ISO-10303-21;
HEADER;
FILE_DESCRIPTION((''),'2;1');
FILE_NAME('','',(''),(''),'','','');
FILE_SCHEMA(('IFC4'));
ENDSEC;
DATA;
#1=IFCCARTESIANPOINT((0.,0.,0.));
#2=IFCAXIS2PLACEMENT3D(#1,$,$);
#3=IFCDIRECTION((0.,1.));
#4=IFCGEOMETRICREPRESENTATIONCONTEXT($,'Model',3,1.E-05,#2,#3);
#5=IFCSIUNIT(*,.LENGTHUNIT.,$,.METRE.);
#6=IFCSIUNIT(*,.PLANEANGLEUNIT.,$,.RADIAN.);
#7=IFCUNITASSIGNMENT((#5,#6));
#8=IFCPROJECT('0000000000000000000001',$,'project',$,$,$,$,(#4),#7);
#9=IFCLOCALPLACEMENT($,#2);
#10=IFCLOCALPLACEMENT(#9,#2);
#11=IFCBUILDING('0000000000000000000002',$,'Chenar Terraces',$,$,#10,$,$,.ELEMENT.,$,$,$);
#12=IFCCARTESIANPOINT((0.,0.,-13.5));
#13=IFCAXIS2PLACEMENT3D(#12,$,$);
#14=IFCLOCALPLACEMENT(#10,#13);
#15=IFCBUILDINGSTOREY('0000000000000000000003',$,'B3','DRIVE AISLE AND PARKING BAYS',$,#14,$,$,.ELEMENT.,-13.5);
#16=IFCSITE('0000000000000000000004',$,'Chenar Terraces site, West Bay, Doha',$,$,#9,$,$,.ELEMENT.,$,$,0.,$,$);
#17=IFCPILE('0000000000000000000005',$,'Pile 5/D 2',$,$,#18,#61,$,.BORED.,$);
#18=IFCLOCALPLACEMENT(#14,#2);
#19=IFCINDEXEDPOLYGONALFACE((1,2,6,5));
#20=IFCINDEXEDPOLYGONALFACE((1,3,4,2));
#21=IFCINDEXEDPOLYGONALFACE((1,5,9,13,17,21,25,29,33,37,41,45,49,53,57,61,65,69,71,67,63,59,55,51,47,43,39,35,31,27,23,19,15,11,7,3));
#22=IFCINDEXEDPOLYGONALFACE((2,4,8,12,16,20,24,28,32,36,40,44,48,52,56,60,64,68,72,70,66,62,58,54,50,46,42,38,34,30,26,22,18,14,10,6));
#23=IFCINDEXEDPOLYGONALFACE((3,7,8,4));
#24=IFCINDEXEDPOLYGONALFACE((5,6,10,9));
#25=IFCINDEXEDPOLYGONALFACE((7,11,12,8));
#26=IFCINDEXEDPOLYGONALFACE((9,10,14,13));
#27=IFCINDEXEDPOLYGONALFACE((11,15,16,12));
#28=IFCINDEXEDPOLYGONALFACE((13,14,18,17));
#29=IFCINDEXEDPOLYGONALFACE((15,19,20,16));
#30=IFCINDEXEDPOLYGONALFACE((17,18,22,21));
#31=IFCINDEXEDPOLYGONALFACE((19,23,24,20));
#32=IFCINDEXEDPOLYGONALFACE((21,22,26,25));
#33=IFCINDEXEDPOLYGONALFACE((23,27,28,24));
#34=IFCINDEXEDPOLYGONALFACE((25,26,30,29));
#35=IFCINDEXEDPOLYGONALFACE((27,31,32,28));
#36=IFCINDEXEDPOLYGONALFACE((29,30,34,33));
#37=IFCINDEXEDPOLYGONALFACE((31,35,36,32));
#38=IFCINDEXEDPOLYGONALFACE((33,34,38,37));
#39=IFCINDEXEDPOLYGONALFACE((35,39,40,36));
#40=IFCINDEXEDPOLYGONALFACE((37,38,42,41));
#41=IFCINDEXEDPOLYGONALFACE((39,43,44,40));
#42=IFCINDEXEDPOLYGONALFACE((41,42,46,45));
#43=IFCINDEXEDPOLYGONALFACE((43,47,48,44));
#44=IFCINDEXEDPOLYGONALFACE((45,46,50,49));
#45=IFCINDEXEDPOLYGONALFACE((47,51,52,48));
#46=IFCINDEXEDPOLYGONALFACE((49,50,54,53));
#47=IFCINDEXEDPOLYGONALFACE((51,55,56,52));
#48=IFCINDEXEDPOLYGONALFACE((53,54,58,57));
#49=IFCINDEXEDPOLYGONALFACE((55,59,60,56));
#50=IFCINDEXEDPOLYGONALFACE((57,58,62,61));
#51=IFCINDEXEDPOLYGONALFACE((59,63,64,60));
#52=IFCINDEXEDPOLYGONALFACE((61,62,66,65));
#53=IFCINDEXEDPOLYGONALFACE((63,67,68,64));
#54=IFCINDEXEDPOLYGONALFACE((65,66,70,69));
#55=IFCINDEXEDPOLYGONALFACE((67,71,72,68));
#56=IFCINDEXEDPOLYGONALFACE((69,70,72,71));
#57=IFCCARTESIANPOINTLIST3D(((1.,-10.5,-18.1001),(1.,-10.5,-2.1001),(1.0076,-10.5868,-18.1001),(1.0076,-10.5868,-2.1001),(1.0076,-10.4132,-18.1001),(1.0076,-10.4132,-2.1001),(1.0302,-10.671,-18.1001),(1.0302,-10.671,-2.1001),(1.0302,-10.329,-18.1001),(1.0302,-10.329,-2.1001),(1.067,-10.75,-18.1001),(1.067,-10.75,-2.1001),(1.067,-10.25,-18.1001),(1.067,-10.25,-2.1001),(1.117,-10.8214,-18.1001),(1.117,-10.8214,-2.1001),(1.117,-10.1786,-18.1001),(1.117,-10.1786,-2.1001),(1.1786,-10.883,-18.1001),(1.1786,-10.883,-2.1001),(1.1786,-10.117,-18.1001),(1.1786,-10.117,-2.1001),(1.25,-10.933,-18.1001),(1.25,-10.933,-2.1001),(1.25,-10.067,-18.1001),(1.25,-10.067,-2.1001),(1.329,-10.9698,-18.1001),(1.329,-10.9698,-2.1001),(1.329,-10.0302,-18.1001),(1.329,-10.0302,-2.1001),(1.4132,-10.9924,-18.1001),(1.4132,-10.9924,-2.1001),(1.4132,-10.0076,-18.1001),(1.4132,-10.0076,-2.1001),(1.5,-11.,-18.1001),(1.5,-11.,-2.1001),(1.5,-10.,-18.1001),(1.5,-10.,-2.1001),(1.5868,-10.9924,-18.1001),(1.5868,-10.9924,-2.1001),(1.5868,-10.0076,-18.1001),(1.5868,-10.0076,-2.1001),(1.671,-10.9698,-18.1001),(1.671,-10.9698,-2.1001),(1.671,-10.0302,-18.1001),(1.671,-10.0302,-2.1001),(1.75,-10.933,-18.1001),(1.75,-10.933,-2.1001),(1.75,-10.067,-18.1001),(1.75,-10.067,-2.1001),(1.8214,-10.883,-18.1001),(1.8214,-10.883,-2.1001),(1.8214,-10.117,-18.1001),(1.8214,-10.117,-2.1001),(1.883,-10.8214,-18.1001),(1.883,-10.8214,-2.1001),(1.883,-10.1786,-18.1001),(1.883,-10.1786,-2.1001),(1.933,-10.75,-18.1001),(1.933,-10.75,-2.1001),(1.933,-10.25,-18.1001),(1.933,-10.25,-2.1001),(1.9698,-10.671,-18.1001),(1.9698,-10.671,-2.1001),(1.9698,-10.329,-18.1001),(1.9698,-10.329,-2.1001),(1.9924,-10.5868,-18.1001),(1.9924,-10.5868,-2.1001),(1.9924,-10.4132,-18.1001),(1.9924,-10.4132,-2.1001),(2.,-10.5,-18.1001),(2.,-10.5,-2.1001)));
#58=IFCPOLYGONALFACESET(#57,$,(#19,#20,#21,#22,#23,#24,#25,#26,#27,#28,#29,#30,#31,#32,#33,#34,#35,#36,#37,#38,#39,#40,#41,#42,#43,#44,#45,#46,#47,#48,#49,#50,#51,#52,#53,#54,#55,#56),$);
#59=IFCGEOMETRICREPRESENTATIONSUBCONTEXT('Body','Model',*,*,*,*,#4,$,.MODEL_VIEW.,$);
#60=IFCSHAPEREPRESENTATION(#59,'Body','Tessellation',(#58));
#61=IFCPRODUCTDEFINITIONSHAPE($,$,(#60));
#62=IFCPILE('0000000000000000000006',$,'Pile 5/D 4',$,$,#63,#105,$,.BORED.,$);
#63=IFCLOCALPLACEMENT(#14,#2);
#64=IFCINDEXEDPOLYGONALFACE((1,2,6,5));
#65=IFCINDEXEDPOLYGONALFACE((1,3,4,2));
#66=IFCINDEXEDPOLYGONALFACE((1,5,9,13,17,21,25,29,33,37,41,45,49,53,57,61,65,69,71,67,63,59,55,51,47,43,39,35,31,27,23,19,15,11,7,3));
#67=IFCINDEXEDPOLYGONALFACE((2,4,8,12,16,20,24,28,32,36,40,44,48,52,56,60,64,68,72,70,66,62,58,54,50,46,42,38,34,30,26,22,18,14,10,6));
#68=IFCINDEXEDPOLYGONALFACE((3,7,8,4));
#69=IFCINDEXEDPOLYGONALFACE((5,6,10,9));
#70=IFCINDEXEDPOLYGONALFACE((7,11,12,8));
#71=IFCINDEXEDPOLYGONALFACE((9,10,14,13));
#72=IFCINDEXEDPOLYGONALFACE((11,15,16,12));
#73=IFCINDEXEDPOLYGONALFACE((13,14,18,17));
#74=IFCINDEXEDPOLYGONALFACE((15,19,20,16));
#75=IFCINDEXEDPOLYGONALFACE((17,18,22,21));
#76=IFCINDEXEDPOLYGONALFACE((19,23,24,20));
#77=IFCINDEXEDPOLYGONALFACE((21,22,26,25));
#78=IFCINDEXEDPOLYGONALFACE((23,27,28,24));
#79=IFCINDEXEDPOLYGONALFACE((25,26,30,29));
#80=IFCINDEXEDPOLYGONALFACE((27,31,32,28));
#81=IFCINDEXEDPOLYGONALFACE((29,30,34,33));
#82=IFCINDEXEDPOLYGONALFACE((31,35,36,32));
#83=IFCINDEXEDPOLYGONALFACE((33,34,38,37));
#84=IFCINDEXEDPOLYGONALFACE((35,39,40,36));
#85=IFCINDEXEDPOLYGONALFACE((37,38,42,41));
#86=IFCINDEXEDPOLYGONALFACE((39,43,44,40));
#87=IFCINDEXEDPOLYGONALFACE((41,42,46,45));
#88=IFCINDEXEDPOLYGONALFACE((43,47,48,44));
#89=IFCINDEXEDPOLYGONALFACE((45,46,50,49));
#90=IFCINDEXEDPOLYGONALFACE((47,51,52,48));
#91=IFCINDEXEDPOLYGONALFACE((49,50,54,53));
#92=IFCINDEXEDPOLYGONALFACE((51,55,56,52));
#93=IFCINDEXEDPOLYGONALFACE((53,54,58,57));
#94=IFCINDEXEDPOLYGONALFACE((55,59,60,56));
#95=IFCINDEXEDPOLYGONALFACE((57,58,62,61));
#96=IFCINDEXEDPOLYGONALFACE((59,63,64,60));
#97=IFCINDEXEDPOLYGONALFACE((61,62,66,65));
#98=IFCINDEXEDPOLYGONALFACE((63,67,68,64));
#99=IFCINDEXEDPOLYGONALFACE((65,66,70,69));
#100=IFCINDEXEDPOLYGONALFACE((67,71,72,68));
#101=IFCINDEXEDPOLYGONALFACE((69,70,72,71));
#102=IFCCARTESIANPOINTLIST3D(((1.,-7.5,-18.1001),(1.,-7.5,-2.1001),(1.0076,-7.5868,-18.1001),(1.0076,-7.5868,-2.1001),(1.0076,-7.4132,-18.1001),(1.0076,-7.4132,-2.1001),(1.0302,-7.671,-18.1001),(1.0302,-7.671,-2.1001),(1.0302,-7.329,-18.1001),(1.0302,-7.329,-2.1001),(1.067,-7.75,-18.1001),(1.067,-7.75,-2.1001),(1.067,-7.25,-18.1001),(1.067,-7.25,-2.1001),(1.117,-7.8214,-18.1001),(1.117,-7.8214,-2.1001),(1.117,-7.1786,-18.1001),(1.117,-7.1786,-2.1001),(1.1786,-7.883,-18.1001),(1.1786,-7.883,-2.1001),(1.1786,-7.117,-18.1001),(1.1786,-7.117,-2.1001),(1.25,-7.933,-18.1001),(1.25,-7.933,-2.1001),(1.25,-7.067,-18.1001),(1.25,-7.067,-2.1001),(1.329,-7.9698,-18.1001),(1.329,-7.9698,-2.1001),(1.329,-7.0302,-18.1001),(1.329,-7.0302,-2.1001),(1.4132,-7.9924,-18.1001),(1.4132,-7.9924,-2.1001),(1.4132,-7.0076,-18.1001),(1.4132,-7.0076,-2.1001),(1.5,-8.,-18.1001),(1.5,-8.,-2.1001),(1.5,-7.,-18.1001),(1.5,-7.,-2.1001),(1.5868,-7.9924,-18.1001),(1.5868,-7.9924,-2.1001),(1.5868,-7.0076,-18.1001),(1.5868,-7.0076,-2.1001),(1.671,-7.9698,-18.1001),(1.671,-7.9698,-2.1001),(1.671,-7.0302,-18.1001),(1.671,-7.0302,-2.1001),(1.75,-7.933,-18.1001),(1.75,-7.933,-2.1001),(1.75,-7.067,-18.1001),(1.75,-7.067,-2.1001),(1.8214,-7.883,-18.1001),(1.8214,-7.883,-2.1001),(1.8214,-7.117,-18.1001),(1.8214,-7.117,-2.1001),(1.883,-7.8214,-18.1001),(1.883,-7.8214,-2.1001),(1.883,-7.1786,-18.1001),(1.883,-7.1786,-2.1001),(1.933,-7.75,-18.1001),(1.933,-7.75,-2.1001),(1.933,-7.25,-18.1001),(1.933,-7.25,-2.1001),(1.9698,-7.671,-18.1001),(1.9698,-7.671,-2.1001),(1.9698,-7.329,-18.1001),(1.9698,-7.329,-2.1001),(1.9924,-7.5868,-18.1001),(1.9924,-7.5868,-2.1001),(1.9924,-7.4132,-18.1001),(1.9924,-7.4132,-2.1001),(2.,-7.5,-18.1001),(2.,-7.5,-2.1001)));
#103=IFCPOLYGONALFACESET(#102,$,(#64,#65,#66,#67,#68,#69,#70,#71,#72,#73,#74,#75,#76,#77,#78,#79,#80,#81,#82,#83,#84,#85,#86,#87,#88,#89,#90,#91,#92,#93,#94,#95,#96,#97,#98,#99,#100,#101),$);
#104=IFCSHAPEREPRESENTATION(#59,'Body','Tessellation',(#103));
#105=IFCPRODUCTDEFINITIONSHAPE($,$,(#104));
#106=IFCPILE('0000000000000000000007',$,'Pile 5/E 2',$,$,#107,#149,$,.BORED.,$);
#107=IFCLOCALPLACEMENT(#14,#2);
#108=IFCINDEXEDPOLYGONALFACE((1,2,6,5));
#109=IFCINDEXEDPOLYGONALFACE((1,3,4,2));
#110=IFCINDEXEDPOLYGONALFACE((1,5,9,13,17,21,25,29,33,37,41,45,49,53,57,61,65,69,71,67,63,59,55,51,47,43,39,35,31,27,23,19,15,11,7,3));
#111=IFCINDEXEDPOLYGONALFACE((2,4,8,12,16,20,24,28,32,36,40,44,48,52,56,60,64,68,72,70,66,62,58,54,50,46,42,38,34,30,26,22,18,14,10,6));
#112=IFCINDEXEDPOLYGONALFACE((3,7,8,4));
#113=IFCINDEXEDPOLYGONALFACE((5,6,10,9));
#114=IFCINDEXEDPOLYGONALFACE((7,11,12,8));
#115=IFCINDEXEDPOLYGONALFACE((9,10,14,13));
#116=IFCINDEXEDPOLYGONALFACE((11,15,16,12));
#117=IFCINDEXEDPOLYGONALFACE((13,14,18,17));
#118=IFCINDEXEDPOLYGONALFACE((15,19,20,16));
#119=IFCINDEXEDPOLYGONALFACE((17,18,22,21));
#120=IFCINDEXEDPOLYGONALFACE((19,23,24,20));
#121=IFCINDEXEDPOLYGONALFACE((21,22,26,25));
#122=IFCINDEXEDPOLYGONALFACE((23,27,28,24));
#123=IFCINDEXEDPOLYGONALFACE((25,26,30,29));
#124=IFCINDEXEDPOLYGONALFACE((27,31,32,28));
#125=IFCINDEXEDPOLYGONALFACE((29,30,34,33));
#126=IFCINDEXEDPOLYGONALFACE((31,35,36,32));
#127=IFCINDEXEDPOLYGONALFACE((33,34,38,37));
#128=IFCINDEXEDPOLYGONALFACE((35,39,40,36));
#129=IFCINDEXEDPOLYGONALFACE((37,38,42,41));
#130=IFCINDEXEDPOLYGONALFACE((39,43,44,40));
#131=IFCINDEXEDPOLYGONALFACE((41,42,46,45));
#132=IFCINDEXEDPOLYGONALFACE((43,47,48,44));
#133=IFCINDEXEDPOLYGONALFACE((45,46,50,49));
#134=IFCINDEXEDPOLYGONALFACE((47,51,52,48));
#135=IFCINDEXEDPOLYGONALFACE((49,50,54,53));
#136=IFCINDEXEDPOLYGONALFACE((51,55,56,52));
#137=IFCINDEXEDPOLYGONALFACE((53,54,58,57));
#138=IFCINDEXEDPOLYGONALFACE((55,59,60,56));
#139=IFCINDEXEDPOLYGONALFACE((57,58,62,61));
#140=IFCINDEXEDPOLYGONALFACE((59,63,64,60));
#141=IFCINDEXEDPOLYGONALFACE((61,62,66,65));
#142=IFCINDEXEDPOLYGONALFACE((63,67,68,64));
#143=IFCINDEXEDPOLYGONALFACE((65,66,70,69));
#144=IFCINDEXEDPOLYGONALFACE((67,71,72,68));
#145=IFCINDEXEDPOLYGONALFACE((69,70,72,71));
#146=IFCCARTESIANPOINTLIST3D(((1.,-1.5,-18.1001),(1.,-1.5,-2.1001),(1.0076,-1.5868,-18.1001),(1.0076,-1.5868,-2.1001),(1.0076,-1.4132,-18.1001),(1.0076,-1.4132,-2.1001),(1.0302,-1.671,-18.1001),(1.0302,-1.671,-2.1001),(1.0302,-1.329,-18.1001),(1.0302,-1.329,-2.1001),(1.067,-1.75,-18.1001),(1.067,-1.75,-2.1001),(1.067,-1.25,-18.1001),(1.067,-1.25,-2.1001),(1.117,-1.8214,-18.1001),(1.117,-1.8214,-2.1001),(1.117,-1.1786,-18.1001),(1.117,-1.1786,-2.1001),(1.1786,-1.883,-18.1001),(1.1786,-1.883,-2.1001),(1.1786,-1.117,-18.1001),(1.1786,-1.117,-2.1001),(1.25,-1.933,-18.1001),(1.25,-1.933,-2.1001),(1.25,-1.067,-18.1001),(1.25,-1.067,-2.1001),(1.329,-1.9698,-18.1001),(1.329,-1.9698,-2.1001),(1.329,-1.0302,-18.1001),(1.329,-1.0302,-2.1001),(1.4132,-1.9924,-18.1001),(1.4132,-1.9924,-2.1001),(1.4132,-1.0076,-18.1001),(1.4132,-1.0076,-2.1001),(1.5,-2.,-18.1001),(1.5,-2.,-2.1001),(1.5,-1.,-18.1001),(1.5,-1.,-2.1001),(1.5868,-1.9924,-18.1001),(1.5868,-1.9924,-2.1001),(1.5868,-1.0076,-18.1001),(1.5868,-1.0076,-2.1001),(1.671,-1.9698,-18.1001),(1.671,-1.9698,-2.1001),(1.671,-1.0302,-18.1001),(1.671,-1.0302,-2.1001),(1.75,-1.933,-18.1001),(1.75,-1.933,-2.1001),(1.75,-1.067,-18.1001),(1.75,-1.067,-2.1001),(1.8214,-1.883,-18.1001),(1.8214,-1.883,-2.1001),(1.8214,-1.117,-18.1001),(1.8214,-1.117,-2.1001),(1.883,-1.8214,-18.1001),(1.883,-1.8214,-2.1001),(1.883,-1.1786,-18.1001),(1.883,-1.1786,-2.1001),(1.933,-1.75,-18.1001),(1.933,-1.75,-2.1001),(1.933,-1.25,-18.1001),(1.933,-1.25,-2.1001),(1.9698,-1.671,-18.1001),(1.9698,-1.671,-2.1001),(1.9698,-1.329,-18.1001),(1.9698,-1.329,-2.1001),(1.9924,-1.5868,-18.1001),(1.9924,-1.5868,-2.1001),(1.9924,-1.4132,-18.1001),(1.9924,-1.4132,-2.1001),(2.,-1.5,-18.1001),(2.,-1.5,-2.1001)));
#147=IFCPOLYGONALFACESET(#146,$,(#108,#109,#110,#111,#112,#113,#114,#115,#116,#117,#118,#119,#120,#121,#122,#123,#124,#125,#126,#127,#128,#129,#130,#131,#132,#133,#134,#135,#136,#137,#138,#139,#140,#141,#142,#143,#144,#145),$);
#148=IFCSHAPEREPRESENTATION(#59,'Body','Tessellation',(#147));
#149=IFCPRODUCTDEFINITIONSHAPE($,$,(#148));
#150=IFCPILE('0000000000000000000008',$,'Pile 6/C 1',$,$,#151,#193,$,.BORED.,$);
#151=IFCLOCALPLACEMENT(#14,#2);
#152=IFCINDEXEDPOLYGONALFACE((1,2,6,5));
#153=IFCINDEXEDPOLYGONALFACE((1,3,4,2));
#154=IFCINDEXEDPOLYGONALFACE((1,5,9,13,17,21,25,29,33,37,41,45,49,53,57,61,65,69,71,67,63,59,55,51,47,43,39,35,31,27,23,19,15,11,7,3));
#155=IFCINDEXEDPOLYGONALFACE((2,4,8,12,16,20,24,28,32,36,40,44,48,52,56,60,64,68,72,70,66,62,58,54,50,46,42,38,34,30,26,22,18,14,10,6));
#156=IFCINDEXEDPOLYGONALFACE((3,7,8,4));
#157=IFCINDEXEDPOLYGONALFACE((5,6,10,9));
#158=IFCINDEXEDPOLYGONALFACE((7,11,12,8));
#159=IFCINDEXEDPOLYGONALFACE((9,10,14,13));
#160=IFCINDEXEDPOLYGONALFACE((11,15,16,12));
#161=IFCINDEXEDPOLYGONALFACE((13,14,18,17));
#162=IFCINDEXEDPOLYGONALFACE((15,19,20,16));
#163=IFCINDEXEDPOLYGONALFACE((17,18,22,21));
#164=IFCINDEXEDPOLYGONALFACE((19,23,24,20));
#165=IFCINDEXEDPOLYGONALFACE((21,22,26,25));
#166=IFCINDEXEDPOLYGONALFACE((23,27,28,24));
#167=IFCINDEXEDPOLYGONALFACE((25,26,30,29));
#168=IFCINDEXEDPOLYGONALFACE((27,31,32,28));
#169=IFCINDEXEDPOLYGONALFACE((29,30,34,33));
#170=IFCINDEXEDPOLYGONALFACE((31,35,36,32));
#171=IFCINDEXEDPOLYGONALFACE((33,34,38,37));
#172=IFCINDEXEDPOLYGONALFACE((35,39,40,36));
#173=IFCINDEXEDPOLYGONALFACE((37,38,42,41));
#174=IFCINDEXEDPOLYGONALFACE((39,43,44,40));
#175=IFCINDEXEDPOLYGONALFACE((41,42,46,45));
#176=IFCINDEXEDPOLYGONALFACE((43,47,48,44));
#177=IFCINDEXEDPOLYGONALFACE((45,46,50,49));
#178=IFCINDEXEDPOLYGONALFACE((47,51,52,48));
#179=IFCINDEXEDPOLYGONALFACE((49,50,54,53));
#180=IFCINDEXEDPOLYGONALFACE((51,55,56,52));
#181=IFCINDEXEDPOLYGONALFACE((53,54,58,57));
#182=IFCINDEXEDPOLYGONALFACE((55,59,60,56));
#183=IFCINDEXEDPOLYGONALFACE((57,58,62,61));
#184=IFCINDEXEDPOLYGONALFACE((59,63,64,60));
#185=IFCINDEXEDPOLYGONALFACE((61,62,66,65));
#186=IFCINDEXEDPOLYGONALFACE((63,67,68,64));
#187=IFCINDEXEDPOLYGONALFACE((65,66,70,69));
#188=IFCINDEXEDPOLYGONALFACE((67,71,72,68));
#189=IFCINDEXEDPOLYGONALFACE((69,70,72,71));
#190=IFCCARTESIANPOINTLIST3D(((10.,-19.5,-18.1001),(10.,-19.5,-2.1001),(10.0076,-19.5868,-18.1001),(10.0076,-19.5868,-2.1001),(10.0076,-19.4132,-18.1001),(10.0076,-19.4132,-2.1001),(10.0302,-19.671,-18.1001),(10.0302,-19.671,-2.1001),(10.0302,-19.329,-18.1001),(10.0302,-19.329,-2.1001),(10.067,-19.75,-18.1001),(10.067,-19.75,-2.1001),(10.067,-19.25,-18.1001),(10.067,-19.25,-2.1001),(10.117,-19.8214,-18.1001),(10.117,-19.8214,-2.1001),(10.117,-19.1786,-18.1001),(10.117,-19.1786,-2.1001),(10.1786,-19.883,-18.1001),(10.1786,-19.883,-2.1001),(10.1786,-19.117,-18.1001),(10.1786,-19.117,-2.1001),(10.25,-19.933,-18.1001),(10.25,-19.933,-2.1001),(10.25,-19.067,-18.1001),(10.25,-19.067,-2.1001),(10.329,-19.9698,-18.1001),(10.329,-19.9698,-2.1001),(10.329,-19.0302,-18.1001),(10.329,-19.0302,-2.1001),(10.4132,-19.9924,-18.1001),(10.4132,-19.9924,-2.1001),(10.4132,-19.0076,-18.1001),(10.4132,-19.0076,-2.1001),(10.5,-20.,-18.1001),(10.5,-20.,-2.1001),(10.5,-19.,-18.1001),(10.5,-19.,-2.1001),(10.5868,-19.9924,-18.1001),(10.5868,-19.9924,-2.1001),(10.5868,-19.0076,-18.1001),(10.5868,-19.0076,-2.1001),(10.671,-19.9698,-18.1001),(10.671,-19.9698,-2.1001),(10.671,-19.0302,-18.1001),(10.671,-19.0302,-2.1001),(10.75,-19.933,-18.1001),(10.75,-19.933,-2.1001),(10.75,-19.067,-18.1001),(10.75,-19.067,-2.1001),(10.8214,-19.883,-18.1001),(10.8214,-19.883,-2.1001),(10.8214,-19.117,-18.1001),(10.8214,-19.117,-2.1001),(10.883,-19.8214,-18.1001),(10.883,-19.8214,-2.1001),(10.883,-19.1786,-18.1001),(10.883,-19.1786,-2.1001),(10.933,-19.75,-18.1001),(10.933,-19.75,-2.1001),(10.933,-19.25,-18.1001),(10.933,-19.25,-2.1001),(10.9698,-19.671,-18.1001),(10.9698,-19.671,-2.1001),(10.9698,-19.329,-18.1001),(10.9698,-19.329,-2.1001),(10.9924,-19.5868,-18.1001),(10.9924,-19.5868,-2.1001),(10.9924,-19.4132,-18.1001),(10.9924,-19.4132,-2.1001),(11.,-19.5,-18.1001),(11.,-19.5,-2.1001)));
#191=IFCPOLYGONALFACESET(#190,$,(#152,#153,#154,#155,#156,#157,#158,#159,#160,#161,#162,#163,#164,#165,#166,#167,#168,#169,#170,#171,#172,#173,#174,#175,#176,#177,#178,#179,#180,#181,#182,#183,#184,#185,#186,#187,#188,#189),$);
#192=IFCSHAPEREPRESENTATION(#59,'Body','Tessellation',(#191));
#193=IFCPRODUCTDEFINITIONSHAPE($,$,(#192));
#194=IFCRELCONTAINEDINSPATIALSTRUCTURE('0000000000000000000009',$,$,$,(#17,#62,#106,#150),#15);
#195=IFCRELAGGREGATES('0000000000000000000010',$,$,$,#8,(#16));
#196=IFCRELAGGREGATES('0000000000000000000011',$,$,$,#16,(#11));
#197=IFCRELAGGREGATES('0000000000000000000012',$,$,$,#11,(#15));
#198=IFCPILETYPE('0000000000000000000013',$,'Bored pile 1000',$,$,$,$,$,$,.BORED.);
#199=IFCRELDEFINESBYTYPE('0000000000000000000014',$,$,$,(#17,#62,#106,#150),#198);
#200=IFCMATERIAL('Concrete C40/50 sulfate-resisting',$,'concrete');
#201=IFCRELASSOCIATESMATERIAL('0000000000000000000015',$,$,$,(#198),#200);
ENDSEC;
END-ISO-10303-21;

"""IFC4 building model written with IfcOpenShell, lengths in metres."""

from ifc_helpers import new_model, si_unit, direction, frame, origin, origin_2d, place, context, subcontext, project, spatial, circle, extrude, material, material_profile, profile_set, type_object, element, save


model = new_model("IFC4")

# Units and contexts
model_context = context("Model", 3, precision=1e-05, world=origin(), true_north=direction((0.0, 1.0)))
body_context = subcontext(model_context, "Body", "Model", "MODEL_VIEW")
ifc_project = project(units=[si_unit("LENGTHUNIT", "METRE"), si_unit("PLANEANGLEUNIT", "RADIAN")], contexts=[model_context])

# Site, building, storey
site_placement = place(None, origin())
site = spatial("IfcSite", under=ifc_project, at=site_placement, Name="Chenar Terraces site, West Bay, Doha", CompositionType="ELEMENT", RefElevation=0.0)
building_placement = place(site_placement, origin())
building = spatial("IfcBuilding", under=site, at=building_placement, Name="Chenar Terraces", CompositionType="ELEMENT")
storey_placement = place(building_placement, frame((0.0, 0.0, -13.5)))
storey = spatial("IfcBuildingStorey", under=building, at=storey_placement, Name="B3", Description="DRIVE AISLE AND PARKING BAYS", CompositionType="ELEMENT", Elevation=-13.5)

# Piles
ifc_material_1 = material(Name="Concrete C40/50 sulfate-resisting", Category="concrete")
ifc_material_profile_1 = material_profile(ifc_material_1, circle(Radius=0.5, at=origin_2d()), Name="BP 1000")
ifc_profile_set_1 = profile_set([ifc_material_profile_1], Name="Concrete C40/50 sulfate-resisting")
pile_type = type_object("IfcPileType", Name="Bored pile 1000", PredefinedType="BORED", material=ifc_profile_set_1)
for number, where, z_axis, x_axis, name in (
    (1, (1.5, -10.5, -2.1001), (0.0, 0.0, -1.0), (1.0, 0.0, 0.0), "Pile 5/D 2"),
    (2, (1.5, -7.5, -2.1001), (0.0, 0.0, -1.0), (1.0, 0.0, 0.0), "Pile 5/D 4"),
    (3, (1.5, -1.5, -2.1001), (0.0, 0.0, -1.0), (1.0, 0.0, 0.0), "Pile 5/E 2"),
    (4, (10.5, -19.5, -2.1001), (0.0, 0.0, -1.0), (1.0, 0.0, 0.0), "Pile 6/C 1"),
):
    element("IfcPile", number, at=place(storey_placement, frame(where, z_axis=z_axis, x_axis=x_axis)), inside=storey, type_object=pile_type, Name=name, PredefinedType="BORED", context=body_context, shape_type="SweptSolid", body=[
        extrude(circle(Radius=0.5, at=origin_2d()), origin(), (0.0, 0.0, 1.0), 16.0),
    ])

save(model, "model.ifc")
